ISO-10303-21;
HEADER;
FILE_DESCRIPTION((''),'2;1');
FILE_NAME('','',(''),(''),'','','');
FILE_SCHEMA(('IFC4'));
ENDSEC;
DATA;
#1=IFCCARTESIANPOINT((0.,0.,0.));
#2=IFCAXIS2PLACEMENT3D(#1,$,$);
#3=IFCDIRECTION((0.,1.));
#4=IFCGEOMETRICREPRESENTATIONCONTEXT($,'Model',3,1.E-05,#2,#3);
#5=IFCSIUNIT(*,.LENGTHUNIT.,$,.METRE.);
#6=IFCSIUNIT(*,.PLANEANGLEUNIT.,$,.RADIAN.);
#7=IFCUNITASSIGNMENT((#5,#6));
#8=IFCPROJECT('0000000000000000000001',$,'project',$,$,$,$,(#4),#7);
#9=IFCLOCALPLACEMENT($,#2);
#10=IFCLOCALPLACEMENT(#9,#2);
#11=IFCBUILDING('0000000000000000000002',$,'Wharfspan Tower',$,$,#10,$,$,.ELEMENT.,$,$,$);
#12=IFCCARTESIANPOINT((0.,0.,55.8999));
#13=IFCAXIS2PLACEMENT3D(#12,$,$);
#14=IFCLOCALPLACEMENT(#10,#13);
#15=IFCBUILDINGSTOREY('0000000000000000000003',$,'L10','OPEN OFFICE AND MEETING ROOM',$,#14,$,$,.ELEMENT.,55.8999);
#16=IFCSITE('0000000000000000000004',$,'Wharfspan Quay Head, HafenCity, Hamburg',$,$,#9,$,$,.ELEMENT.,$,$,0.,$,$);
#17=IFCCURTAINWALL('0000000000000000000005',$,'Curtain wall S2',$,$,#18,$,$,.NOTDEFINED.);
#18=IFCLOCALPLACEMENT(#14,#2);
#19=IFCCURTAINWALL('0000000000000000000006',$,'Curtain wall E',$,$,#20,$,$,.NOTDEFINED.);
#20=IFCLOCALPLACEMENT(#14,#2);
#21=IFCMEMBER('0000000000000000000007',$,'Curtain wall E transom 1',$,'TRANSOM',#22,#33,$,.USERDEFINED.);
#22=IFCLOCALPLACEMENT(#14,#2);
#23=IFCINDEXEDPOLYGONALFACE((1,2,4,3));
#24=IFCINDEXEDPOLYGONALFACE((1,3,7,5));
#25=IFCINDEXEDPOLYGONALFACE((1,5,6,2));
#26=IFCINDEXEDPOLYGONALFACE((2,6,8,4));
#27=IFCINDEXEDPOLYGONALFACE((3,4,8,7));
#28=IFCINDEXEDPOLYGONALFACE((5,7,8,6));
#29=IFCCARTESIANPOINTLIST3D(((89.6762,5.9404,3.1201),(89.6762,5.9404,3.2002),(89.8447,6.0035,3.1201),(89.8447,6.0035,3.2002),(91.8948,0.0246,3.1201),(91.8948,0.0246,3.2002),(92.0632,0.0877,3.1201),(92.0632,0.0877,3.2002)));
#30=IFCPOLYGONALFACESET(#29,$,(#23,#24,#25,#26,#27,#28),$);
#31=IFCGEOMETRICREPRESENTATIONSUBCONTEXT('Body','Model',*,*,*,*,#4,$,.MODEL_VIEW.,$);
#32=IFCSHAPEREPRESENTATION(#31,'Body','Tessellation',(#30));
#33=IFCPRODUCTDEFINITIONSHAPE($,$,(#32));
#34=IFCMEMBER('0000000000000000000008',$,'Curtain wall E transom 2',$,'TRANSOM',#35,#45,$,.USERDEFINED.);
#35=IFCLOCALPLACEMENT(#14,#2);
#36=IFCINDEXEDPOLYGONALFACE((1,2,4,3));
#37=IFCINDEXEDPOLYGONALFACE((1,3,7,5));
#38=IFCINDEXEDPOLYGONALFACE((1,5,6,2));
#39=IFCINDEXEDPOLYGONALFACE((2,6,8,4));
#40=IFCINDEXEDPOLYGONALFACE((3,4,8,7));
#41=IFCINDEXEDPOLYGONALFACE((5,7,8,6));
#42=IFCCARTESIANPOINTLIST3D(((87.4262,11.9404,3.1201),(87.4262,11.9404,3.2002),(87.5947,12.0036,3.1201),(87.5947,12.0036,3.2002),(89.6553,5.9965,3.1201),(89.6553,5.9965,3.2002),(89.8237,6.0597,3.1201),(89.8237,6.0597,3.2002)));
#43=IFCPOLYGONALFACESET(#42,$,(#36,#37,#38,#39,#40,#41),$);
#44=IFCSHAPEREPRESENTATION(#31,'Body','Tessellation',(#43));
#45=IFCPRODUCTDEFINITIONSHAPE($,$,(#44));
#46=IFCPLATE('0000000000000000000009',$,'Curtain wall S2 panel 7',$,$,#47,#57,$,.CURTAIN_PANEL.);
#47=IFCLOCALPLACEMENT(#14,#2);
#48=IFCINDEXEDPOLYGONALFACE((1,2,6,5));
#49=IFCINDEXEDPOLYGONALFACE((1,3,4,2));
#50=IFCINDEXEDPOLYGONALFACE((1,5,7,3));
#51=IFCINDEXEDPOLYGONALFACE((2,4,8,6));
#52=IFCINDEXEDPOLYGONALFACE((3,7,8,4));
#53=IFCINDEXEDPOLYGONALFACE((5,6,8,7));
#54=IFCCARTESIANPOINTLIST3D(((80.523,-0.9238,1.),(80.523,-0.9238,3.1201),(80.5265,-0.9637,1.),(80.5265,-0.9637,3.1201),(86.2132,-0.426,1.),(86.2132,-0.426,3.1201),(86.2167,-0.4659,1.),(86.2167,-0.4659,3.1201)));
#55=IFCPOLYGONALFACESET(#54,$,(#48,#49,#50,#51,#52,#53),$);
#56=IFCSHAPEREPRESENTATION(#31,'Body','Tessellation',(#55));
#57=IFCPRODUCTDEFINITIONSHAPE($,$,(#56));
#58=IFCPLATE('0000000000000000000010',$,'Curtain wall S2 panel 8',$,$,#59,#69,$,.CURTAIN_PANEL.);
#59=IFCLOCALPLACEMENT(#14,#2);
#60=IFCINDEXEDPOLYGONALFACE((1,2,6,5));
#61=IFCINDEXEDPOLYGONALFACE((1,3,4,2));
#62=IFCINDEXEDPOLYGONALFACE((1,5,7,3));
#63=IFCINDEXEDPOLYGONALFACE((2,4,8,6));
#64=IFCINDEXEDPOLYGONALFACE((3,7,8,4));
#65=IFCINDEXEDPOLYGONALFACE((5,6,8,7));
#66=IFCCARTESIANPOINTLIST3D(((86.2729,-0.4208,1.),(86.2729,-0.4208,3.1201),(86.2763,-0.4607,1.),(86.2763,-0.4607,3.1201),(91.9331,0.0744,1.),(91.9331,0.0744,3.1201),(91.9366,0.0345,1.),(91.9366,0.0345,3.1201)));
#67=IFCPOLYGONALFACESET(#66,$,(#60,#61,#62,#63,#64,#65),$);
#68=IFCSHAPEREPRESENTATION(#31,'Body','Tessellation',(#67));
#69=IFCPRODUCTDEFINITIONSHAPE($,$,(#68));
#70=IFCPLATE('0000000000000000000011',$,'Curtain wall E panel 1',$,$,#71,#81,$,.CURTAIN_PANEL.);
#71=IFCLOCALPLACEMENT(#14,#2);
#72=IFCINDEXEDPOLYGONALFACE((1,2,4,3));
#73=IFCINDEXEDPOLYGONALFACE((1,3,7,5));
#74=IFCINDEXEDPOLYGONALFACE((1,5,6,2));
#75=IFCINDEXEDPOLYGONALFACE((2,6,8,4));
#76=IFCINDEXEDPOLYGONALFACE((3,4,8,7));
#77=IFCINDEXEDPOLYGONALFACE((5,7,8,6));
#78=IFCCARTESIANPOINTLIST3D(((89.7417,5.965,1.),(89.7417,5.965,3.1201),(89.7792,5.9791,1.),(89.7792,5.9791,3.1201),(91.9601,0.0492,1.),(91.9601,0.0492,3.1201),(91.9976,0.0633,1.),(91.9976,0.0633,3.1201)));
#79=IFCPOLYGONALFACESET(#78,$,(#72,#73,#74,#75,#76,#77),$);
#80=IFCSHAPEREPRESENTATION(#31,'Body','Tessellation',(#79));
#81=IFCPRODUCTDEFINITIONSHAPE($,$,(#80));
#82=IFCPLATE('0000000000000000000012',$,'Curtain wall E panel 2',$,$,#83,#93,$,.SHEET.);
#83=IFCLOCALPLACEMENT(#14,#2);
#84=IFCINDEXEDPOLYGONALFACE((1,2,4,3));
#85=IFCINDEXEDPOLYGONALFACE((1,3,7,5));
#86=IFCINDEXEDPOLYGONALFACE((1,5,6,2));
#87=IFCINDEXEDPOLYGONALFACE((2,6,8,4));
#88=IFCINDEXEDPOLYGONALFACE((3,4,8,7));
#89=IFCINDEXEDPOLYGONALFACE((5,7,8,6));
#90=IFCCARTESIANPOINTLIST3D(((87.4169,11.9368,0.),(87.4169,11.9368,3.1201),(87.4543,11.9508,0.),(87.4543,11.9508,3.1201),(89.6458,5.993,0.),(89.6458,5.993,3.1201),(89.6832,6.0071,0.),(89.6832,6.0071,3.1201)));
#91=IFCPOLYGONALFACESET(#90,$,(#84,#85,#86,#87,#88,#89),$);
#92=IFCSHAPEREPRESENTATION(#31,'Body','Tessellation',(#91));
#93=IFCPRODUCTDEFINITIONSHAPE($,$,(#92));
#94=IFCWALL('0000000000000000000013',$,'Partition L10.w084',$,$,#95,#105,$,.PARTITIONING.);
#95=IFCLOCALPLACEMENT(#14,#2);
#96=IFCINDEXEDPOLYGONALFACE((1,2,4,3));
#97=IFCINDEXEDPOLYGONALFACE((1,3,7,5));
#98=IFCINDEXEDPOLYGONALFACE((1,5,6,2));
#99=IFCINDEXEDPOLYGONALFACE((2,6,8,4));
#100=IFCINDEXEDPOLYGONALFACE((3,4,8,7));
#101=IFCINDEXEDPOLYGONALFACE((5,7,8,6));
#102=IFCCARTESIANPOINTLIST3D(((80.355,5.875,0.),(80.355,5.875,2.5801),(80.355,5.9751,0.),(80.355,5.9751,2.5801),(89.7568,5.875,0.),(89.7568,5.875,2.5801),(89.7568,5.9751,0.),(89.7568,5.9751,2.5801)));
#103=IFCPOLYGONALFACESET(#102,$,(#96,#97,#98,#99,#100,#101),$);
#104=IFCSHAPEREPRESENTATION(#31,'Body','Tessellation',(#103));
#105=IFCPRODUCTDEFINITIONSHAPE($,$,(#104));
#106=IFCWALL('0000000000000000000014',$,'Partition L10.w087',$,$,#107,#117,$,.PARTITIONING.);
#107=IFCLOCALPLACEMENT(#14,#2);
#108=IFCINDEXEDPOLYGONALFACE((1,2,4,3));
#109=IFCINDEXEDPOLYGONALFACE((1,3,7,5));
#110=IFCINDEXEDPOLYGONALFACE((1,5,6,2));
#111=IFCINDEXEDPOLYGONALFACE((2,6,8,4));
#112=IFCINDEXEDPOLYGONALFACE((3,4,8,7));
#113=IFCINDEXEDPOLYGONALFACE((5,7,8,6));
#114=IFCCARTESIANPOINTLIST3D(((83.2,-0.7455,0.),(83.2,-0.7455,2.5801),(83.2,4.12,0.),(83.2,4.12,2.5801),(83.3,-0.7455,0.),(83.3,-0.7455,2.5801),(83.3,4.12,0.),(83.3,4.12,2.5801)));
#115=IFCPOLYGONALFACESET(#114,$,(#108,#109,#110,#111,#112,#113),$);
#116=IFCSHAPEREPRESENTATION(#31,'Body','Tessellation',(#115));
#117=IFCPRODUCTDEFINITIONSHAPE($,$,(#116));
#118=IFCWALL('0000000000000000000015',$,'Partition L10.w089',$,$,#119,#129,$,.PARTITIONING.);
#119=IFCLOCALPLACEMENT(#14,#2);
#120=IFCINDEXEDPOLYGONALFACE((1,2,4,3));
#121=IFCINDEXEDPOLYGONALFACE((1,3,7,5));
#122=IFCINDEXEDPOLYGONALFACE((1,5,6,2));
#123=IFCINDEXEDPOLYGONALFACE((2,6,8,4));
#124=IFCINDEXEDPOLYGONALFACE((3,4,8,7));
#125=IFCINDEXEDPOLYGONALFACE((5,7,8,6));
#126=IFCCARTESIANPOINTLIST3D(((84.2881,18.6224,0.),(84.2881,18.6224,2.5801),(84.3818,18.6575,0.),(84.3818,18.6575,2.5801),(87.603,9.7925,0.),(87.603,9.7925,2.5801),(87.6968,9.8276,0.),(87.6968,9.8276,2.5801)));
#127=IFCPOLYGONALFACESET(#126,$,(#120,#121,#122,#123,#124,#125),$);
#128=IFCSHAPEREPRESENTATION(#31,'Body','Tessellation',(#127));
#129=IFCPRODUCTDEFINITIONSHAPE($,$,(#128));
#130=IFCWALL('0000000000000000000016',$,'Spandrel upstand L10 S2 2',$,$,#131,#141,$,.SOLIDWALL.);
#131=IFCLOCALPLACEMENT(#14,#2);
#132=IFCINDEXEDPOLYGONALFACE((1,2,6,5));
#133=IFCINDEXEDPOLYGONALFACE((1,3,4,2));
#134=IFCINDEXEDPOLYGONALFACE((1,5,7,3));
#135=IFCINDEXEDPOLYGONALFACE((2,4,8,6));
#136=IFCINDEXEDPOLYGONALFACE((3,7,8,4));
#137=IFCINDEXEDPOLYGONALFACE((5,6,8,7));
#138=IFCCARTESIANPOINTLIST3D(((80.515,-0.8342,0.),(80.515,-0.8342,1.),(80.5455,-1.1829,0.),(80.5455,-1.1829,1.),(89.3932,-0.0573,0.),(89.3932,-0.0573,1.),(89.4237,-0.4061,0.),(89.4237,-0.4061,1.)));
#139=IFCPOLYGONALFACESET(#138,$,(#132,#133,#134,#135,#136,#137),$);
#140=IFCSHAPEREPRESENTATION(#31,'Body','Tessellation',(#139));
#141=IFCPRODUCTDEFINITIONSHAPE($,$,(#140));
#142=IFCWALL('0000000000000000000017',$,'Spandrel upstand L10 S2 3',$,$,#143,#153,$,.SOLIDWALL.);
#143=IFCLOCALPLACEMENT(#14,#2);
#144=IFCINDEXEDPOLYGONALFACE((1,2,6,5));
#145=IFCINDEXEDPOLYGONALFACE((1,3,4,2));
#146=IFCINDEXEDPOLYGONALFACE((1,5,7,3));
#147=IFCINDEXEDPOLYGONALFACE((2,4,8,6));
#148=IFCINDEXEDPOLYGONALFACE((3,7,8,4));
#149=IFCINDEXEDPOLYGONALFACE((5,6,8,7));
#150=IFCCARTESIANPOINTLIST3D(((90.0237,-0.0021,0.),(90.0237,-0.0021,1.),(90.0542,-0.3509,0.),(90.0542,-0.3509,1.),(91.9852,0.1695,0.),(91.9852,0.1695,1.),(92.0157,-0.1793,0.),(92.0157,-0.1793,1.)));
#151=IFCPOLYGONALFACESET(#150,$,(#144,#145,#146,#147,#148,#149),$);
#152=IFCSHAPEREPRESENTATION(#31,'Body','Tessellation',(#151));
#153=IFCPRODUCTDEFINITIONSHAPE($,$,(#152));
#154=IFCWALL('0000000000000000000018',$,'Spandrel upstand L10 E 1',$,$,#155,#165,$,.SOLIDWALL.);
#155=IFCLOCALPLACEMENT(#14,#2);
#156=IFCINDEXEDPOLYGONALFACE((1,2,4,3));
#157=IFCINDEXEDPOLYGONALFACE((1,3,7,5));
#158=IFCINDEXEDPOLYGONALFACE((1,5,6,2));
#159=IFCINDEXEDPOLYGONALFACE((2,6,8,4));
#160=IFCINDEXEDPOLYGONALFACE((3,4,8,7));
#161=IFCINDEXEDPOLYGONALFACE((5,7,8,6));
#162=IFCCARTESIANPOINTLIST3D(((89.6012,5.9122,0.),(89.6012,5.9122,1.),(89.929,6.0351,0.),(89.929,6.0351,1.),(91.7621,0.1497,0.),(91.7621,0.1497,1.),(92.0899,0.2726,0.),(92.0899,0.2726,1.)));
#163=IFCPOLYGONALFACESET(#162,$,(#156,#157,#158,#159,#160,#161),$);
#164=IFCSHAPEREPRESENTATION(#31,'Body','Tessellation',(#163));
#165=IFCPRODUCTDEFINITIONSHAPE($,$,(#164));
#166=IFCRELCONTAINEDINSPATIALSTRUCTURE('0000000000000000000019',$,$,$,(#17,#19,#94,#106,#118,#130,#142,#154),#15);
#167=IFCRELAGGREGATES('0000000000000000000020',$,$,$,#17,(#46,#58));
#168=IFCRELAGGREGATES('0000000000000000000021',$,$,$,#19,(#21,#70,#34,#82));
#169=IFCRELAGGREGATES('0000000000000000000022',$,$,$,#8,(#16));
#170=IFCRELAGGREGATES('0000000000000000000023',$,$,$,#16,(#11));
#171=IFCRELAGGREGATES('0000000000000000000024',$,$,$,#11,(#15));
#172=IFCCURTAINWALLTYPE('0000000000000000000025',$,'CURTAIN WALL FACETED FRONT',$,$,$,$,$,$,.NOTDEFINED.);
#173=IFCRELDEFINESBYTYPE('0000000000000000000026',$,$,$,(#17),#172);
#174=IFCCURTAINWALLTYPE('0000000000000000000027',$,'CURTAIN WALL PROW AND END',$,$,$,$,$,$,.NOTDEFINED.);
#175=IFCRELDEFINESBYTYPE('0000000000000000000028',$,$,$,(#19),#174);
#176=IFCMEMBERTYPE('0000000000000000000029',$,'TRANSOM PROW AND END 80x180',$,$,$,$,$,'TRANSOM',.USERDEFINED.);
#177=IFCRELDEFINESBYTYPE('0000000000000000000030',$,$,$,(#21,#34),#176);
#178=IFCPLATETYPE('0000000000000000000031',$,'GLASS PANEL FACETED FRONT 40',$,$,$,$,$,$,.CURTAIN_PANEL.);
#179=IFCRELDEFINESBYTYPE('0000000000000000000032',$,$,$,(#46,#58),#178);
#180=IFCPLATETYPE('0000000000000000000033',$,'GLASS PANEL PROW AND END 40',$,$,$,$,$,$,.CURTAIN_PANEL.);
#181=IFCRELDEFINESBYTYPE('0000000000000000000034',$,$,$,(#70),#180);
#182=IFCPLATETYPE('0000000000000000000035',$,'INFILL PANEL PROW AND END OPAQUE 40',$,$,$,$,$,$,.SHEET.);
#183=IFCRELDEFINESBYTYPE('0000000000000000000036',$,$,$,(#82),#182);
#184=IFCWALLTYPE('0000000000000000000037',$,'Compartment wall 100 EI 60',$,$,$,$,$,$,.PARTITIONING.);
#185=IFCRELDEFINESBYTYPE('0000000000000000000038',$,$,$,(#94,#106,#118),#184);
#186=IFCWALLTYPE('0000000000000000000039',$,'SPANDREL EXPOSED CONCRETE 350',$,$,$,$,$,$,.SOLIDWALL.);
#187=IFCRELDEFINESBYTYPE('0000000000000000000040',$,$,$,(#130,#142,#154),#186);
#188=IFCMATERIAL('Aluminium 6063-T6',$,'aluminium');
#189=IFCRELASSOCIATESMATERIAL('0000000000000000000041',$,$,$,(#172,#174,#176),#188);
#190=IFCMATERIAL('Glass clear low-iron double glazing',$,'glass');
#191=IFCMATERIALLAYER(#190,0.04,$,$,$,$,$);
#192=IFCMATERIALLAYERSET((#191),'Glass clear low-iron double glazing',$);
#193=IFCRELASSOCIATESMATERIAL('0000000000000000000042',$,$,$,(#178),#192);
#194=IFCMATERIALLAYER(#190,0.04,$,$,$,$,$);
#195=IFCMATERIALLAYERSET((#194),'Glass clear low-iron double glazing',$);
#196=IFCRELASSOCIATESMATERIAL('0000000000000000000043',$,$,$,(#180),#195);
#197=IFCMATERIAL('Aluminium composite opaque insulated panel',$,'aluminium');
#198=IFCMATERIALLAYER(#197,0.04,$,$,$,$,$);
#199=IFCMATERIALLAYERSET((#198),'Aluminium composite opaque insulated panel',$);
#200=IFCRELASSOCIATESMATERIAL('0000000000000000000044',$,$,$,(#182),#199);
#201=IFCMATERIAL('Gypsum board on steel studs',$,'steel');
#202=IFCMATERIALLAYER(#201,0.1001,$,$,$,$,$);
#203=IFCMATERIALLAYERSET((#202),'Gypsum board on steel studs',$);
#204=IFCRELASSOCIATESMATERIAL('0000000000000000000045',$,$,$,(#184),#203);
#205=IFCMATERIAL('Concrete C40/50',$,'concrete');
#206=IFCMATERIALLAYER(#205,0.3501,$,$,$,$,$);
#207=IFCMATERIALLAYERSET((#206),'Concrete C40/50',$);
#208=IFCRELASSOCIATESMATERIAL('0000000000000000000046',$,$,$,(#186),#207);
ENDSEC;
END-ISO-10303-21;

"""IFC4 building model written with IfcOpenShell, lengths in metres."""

from ifc_helpers import new_model, si_unit, direction, frame, frame_2d, origin, origin_2d, place, context, subcontext, project, spatial, rectangle, extrude, material, layer, layer_set, material_profile, profile_set, type_object, element, aggregate, save


model = new_model("IFC4")

# Units and contexts
model_context = context("Model", 3, precision=1e-05, world=origin(), true_north=direction((0.0, 1.0)))
body_context = subcontext(model_context, "Body", "Model", "MODEL_VIEW")
ifc_project = project(units=[si_unit("LENGTHUNIT", "METRE"), si_unit("PLANEANGLEUNIT", "RADIAN")], contexts=[model_context])

# Site, building, storey
site_placement = place(None, origin())
site = spatial("IfcSite", under=ifc_project, at=site_placement, Name="Wharfspan Quay Head, HafenCity, Hamburg", CompositionType="ELEMENT", RefElevation=0.0)
building_placement = place(site_placement, origin())
building = spatial("IfcBuilding", under=site, at=building_placement, Name="Wharfspan Tower", CompositionType="ELEMENT")
storey_placement = place(building_placement, frame((0.0, 0.0, 55.8999)))
storey = spatial("IfcBuildingStorey", under=building, at=storey_placement, Name="L10", Description="OPEN OFFICE AND MEETING ROOM", CompositionType="ELEMENT", Elevation=55.8999)

# Curtain walls
ifc_material_1 = material(Name="Aluminium 6063-T6", Category="aluminium")
curtain_wall_type_1 = type_object("IfcCurtainWallType", Name="CURTAIN WALL FACETED FRONT", PredefinedType="NOTDEFINED", material=ifc_material_1)
curtain_wall_1_placement = place(storey_placement, origin())
curtain_wall_1 = element("IfcCurtainWall", 1, at=curtain_wall_1_placement, inside=storey, type_object=curtain_wall_type_1, Name="Curtain wall S2", PredefinedType="NOTDEFINED")
curtain_wall_type_2 = type_object("IfcCurtainWallType", Name="CURTAIN WALL PROW AND END", PredefinedType="NOTDEFINED", material=ifc_material_1)
curtain_wall_2_placement = place(storey_placement, origin())
curtain_wall_2 = element("IfcCurtainWall", 2, at=curtain_wall_2_placement, inside=storey, type_object=curtain_wall_type_2, Name="Curtain wall E", PredefinedType="NOTDEFINED")

# Members
ifc_material_profile_1 = material_profile(ifc_material_1, rectangle(XDim=0.1799, YDim=0.0801, at=origin_2d()))
ifc_profile_set_1 = profile_set([ifc_material_profile_1], Name="Aluminium 6063-T6")
member_type_1 = type_object("IfcMemberType", Name="TRANSOM PROW AND END 80x180", ElementType="TRANSOM", PredefinedType="USERDEFINED", material=ifc_profile_set_1)
member_1_placement = place(storey_placement, frame((91.979, 0.0562, 3.1602), z_axis=(-0.351136, 0.936324, 0.0), x_axis=(-0.936324, -0.351136, 0.0)))
member_1 = element("IfcMember", 3, at=member_1_placement, type_object=member_type_1, Name="Curtain wall E transom 1", ObjectType="TRANSOM", PredefinedType="USERDEFINED", context=body_context, shape_type="SweptSolid", body=[
    extrude(rectangle(XDim=0.1799, YDim=0.0801, at=origin_2d()), origin(), (0.0, 0.0, 1.0), 6.3181),
])
member_2_placement = place(storey_placement, frame((89.7395, 6.0281, 3.1602), z_axis=(-0.351132, 0.936326, 0.0), x_axis=(-0.936326, -0.351132, 0.0)))
member_2 = element("IfcMember", 4, at=member_2_placement, type_object=member_type_1, Name="Curtain wall E transom 2", ObjectType="TRANSOM", PredefinedType="USERDEFINED", context=body_context, shape_type="SweptSolid", body=[
    extrude(rectangle(XDim=0.1799, YDim=0.0801, at=origin_2d()), origin(), (0.0, 0.0, 1.0), 6.3481),
])

# Plates
ifc_material_2 = material(Name="Glass clear low-iron double glazing", Category="glass")
ifc_layer_1 = layer(ifc_material_2, 0.04)
ifc_layer_set_1 = layer_set([ifc_layer_1], Name="Glass clear low-iron double glazing")
plate_type_1 = type_object("IfcPlateType", Name="GLASS PANEL FACETED FRONT 40", PredefinedType="CURTAIN_PANEL", material=ifc_layer_set_1)
plate_1_placement = place(storey_placement, frame((83.3699, -0.6948, 1.0), z_axis=(0.0, 0.0, 1.0), x_axis=(0.996197, 0.087156, 0.0)))
plate_1 = element("IfcPlate", 5, at=plate_1_placement, type_object=plate_type_1, Name="Curtain wall S2 panel 7", PredefinedType="CURTAIN_PANEL", context=body_context, shape_type="SweptSolid", body=[
    extrude(rectangle(XDim=5.7119, YDim=0.04, at=origin_2d()), origin(), (0.0, 0.0, 1.0), 2.1201),
])
plate_2_placement = place(storey_placement, frame((89.1047, -0.1931, 1.0), z_axis=(0.0, 0.0, 1.0), x_axis=(0.996197, 0.087156, 0.0)))
plate_2 = element("IfcPlate", 6, at=plate_2_placement, type_object=plate_type_1, Name="Curtain wall S2 panel 8", PredefinedType="CURTAIN_PANEL", context=body_context, shape_type="SweptSolid", body=[
    extrude(rectangle(XDim=5.6819, YDim=0.04, at=origin_2d()), origin(), (0.0, 0.0, 1.0), 2.1201),
])
aggregate(curtain_wall_1, [plate_1, plate_2])
ifc_layer_2 = layer(ifc_material_2, 0.04)
ifc_layer_set_2 = layer_set([ifc_layer_2], Name="Glass clear low-iron double glazing")
plate_type_2 = type_object("IfcPlateType", Name="GLASS PANEL PROW AND END 40", PredefinedType="CURTAIN_PANEL", material=ifc_layer_set_2)
plate_3_placement = place(storey_placement, frame((90.8696, 3.0142, 1.0), z_axis=(0.0, 0.0, 1.0), x_axis=(-0.351123, 0.936328, 0.0)))
plate_3 = element("IfcPlate", 7, at=plate_3_placement, type_object=plate_type_2, Name="Curtain wall E panel 1", PredefinedType="CURTAIN_PANEL", context=body_context, shape_type="SweptSolid", body=[
    extrude(rectangle(XDim=6.3181, YDim=0.04, at=origin_2d()), origin(), (0.0, 0.0, 1.0), 2.1201),
])
ifc_material_3 = material(Name="Aluminium composite opaque insulated panel", Category="aluminium")
ifc_layer_3 = layer(ifc_material_3, 0.04)
ifc_layer_set_3 = layer_set([ifc_layer_3], Name="Aluminium composite opaque insulated panel")
plate_type_3 = type_object("IfcPlateType", Name="INFILL PANEL PROW AND END OPAQUE 40", PredefinedType="SHEET", material=ifc_layer_set_3)
plate_4_placement = place(storey_placement, frame((88.55, 8.9719, 0.0), z_axis=(0.0, 0.0, 1.0), x_axis=(-0.351123, 0.936328, 0.0)))
plate_4 = element("IfcPlate", 8, at=plate_4_placement, type_object=plate_type_3, Name="Curtain wall E panel 2", PredefinedType="SHEET", context=body_context, shape_type="SweptSolid", body=[
    extrude(rectangle(XDim=6.3479, YDim=0.04, at=origin_2d()), origin(), (0.0, 0.0, 1.0), 3.1201),
])
aggregate(curtain_wall_2, [member_1, plate_3, member_2, plate_4])

# Walls
ifc_material_4 = material(Name="Gypsum board on steel studs", Category="steel")
ifc_layer_4 = layer(ifc_material_4, 0.1001)
ifc_layer_set_4 = layer_set([ifc_layer_4], Name="Gypsum board on steel studs")
wall_type_1 = type_object("IfcWallType", Name="Compartment wall 100 EI 60", PredefinedType="PARTITIONING", material=ifc_layer_set_4)
wall_1_placement = place(storey_placement, frame((80.355, 5.925, 0.0), z_axis=(0.0, 0.0, 1.0), x_axis=(1.0, 0.0, 0.0)))
element("IfcWall", 9, at=wall_1_placement, inside=storey, type_object=wall_type_1, Name="Partition L10.w084", PredefinedType="PARTITIONING", context=body_context, shape_type="SweptSolid", body=[
    extrude(rectangle(XDim=9.4019, YDim=0.1001, at=frame_2d((4.7009, 0.0))), origin(), (0.0, 0.0, 1.0), 2.5801),
])
wall_2_placement = place(storey_placement, frame((83.25, -0.7454, 0.0), z_axis=(0.0, 0.0, 1.0), x_axis=(0.0, 1.0, 0.0)))
element("IfcWall", 10, at=wall_2_placement, inside=storey, type_object=wall_type_1, Name="Partition L10.w087", PredefinedType="PARTITIONING", context=body_context, shape_type="SweptSolid", body=[
    extrude(rectangle(XDim=4.8655, YDim=0.1001, at=frame_2d((2.4326, 0.0))), origin(), (0.0, 0.0, 1.0), 2.5801),
])
wall_3_placement = place(storey_placement, frame((87.6499, 9.8101, 0.0), z_axis=(0.0, 0.0, 1.0), x_axis=(-0.351473, 0.9362, 0.0)))
element("IfcWall", 11, at=wall_3_placement, inside=storey, type_object=wall_type_1, Name="Partition L10.w089", PredefinedType="PARTITIONING", context=body_context, shape_type="SweptSolid", body=[
    extrude(rectangle(XDim=9.4316, YDim=0.1001, at=frame_2d((4.7158, 0.0))), origin(), (0.0, 0.0, 1.0), 2.5801),
])
ifc_material_5 = material(Name="Concrete C40/50", Category="concrete")
ifc_layer_5 = layer(ifc_material_5, 0.3501)
ifc_layer_set_5 = layer_set([ifc_layer_5], Name="Concrete C40/50")
wall_type_2 = type_object("IfcWallType", Name="SPANDREL EXPOSED CONCRETE 350", PredefinedType="SOLIDWALL", material=ifc_layer_set_5)
wall_4_placement = place(storey_placement, frame((80.5303, -1.0085, 0.0), z_axis=(0.0, 0.0, 1.0), x_axis=(0.996198, 0.087169, 0.0)))
element("IfcWall", 12, at=wall_4_placement, inside=storey, type_object=wall_type_2, Name="Spandrel upstand L10 S2 2", PredefinedType="SOLIDWALL", context=body_context, shape_type="SweptSolid", body=[
    extrude(rectangle(XDim=8.9121, YDim=0.3501, at=frame_2d((4.4561, 0.0))), origin(), (0.0, 0.0, 1.0), 1.0),
])
wall_5_placement = place(storey_placement, frame((90.0391, -0.1765, 0.0), z_axis=(0.0, 0.0, 1.0), x_axis=(0.996193, 0.08717, 0.0)))
element("IfcWall", 13, at=wall_5_placement, inside=storey, type_object=wall_type_2, Name="Spandrel upstand L10 S2 3", PredefinedType="SOLIDWALL", context=body_context, shape_type="SweptSolid", body=[
    extrude(rectangle(XDim=1.969, YDim=0.3501, at=frame_2d((0.9844, 0.0))), origin(), (0.0, 0.0, 1.0), 1.0),
])
wall_6_placement = place(storey_placement, frame((91.926, 0.2112, 0.0), z_axis=(0.0, 0.0, 1.0), x_axis=(-0.351118, 0.936328, 0.0)))
element("IfcWall", 14, at=wall_6_placement, inside=storey, type_object=wall_type_2, Name="Spandrel upstand L10 E 1", PredefinedType="SOLIDWALL", context=body_context, shape_type="SweptSolid", body=[
    extrude(rectangle(XDim=6.1543, YDim=0.3501, at=frame_2d((3.0771, 0.0))), origin(), (0.0, 0.0, 1.0), 1.0),
])

save(model, "model.ifc")
